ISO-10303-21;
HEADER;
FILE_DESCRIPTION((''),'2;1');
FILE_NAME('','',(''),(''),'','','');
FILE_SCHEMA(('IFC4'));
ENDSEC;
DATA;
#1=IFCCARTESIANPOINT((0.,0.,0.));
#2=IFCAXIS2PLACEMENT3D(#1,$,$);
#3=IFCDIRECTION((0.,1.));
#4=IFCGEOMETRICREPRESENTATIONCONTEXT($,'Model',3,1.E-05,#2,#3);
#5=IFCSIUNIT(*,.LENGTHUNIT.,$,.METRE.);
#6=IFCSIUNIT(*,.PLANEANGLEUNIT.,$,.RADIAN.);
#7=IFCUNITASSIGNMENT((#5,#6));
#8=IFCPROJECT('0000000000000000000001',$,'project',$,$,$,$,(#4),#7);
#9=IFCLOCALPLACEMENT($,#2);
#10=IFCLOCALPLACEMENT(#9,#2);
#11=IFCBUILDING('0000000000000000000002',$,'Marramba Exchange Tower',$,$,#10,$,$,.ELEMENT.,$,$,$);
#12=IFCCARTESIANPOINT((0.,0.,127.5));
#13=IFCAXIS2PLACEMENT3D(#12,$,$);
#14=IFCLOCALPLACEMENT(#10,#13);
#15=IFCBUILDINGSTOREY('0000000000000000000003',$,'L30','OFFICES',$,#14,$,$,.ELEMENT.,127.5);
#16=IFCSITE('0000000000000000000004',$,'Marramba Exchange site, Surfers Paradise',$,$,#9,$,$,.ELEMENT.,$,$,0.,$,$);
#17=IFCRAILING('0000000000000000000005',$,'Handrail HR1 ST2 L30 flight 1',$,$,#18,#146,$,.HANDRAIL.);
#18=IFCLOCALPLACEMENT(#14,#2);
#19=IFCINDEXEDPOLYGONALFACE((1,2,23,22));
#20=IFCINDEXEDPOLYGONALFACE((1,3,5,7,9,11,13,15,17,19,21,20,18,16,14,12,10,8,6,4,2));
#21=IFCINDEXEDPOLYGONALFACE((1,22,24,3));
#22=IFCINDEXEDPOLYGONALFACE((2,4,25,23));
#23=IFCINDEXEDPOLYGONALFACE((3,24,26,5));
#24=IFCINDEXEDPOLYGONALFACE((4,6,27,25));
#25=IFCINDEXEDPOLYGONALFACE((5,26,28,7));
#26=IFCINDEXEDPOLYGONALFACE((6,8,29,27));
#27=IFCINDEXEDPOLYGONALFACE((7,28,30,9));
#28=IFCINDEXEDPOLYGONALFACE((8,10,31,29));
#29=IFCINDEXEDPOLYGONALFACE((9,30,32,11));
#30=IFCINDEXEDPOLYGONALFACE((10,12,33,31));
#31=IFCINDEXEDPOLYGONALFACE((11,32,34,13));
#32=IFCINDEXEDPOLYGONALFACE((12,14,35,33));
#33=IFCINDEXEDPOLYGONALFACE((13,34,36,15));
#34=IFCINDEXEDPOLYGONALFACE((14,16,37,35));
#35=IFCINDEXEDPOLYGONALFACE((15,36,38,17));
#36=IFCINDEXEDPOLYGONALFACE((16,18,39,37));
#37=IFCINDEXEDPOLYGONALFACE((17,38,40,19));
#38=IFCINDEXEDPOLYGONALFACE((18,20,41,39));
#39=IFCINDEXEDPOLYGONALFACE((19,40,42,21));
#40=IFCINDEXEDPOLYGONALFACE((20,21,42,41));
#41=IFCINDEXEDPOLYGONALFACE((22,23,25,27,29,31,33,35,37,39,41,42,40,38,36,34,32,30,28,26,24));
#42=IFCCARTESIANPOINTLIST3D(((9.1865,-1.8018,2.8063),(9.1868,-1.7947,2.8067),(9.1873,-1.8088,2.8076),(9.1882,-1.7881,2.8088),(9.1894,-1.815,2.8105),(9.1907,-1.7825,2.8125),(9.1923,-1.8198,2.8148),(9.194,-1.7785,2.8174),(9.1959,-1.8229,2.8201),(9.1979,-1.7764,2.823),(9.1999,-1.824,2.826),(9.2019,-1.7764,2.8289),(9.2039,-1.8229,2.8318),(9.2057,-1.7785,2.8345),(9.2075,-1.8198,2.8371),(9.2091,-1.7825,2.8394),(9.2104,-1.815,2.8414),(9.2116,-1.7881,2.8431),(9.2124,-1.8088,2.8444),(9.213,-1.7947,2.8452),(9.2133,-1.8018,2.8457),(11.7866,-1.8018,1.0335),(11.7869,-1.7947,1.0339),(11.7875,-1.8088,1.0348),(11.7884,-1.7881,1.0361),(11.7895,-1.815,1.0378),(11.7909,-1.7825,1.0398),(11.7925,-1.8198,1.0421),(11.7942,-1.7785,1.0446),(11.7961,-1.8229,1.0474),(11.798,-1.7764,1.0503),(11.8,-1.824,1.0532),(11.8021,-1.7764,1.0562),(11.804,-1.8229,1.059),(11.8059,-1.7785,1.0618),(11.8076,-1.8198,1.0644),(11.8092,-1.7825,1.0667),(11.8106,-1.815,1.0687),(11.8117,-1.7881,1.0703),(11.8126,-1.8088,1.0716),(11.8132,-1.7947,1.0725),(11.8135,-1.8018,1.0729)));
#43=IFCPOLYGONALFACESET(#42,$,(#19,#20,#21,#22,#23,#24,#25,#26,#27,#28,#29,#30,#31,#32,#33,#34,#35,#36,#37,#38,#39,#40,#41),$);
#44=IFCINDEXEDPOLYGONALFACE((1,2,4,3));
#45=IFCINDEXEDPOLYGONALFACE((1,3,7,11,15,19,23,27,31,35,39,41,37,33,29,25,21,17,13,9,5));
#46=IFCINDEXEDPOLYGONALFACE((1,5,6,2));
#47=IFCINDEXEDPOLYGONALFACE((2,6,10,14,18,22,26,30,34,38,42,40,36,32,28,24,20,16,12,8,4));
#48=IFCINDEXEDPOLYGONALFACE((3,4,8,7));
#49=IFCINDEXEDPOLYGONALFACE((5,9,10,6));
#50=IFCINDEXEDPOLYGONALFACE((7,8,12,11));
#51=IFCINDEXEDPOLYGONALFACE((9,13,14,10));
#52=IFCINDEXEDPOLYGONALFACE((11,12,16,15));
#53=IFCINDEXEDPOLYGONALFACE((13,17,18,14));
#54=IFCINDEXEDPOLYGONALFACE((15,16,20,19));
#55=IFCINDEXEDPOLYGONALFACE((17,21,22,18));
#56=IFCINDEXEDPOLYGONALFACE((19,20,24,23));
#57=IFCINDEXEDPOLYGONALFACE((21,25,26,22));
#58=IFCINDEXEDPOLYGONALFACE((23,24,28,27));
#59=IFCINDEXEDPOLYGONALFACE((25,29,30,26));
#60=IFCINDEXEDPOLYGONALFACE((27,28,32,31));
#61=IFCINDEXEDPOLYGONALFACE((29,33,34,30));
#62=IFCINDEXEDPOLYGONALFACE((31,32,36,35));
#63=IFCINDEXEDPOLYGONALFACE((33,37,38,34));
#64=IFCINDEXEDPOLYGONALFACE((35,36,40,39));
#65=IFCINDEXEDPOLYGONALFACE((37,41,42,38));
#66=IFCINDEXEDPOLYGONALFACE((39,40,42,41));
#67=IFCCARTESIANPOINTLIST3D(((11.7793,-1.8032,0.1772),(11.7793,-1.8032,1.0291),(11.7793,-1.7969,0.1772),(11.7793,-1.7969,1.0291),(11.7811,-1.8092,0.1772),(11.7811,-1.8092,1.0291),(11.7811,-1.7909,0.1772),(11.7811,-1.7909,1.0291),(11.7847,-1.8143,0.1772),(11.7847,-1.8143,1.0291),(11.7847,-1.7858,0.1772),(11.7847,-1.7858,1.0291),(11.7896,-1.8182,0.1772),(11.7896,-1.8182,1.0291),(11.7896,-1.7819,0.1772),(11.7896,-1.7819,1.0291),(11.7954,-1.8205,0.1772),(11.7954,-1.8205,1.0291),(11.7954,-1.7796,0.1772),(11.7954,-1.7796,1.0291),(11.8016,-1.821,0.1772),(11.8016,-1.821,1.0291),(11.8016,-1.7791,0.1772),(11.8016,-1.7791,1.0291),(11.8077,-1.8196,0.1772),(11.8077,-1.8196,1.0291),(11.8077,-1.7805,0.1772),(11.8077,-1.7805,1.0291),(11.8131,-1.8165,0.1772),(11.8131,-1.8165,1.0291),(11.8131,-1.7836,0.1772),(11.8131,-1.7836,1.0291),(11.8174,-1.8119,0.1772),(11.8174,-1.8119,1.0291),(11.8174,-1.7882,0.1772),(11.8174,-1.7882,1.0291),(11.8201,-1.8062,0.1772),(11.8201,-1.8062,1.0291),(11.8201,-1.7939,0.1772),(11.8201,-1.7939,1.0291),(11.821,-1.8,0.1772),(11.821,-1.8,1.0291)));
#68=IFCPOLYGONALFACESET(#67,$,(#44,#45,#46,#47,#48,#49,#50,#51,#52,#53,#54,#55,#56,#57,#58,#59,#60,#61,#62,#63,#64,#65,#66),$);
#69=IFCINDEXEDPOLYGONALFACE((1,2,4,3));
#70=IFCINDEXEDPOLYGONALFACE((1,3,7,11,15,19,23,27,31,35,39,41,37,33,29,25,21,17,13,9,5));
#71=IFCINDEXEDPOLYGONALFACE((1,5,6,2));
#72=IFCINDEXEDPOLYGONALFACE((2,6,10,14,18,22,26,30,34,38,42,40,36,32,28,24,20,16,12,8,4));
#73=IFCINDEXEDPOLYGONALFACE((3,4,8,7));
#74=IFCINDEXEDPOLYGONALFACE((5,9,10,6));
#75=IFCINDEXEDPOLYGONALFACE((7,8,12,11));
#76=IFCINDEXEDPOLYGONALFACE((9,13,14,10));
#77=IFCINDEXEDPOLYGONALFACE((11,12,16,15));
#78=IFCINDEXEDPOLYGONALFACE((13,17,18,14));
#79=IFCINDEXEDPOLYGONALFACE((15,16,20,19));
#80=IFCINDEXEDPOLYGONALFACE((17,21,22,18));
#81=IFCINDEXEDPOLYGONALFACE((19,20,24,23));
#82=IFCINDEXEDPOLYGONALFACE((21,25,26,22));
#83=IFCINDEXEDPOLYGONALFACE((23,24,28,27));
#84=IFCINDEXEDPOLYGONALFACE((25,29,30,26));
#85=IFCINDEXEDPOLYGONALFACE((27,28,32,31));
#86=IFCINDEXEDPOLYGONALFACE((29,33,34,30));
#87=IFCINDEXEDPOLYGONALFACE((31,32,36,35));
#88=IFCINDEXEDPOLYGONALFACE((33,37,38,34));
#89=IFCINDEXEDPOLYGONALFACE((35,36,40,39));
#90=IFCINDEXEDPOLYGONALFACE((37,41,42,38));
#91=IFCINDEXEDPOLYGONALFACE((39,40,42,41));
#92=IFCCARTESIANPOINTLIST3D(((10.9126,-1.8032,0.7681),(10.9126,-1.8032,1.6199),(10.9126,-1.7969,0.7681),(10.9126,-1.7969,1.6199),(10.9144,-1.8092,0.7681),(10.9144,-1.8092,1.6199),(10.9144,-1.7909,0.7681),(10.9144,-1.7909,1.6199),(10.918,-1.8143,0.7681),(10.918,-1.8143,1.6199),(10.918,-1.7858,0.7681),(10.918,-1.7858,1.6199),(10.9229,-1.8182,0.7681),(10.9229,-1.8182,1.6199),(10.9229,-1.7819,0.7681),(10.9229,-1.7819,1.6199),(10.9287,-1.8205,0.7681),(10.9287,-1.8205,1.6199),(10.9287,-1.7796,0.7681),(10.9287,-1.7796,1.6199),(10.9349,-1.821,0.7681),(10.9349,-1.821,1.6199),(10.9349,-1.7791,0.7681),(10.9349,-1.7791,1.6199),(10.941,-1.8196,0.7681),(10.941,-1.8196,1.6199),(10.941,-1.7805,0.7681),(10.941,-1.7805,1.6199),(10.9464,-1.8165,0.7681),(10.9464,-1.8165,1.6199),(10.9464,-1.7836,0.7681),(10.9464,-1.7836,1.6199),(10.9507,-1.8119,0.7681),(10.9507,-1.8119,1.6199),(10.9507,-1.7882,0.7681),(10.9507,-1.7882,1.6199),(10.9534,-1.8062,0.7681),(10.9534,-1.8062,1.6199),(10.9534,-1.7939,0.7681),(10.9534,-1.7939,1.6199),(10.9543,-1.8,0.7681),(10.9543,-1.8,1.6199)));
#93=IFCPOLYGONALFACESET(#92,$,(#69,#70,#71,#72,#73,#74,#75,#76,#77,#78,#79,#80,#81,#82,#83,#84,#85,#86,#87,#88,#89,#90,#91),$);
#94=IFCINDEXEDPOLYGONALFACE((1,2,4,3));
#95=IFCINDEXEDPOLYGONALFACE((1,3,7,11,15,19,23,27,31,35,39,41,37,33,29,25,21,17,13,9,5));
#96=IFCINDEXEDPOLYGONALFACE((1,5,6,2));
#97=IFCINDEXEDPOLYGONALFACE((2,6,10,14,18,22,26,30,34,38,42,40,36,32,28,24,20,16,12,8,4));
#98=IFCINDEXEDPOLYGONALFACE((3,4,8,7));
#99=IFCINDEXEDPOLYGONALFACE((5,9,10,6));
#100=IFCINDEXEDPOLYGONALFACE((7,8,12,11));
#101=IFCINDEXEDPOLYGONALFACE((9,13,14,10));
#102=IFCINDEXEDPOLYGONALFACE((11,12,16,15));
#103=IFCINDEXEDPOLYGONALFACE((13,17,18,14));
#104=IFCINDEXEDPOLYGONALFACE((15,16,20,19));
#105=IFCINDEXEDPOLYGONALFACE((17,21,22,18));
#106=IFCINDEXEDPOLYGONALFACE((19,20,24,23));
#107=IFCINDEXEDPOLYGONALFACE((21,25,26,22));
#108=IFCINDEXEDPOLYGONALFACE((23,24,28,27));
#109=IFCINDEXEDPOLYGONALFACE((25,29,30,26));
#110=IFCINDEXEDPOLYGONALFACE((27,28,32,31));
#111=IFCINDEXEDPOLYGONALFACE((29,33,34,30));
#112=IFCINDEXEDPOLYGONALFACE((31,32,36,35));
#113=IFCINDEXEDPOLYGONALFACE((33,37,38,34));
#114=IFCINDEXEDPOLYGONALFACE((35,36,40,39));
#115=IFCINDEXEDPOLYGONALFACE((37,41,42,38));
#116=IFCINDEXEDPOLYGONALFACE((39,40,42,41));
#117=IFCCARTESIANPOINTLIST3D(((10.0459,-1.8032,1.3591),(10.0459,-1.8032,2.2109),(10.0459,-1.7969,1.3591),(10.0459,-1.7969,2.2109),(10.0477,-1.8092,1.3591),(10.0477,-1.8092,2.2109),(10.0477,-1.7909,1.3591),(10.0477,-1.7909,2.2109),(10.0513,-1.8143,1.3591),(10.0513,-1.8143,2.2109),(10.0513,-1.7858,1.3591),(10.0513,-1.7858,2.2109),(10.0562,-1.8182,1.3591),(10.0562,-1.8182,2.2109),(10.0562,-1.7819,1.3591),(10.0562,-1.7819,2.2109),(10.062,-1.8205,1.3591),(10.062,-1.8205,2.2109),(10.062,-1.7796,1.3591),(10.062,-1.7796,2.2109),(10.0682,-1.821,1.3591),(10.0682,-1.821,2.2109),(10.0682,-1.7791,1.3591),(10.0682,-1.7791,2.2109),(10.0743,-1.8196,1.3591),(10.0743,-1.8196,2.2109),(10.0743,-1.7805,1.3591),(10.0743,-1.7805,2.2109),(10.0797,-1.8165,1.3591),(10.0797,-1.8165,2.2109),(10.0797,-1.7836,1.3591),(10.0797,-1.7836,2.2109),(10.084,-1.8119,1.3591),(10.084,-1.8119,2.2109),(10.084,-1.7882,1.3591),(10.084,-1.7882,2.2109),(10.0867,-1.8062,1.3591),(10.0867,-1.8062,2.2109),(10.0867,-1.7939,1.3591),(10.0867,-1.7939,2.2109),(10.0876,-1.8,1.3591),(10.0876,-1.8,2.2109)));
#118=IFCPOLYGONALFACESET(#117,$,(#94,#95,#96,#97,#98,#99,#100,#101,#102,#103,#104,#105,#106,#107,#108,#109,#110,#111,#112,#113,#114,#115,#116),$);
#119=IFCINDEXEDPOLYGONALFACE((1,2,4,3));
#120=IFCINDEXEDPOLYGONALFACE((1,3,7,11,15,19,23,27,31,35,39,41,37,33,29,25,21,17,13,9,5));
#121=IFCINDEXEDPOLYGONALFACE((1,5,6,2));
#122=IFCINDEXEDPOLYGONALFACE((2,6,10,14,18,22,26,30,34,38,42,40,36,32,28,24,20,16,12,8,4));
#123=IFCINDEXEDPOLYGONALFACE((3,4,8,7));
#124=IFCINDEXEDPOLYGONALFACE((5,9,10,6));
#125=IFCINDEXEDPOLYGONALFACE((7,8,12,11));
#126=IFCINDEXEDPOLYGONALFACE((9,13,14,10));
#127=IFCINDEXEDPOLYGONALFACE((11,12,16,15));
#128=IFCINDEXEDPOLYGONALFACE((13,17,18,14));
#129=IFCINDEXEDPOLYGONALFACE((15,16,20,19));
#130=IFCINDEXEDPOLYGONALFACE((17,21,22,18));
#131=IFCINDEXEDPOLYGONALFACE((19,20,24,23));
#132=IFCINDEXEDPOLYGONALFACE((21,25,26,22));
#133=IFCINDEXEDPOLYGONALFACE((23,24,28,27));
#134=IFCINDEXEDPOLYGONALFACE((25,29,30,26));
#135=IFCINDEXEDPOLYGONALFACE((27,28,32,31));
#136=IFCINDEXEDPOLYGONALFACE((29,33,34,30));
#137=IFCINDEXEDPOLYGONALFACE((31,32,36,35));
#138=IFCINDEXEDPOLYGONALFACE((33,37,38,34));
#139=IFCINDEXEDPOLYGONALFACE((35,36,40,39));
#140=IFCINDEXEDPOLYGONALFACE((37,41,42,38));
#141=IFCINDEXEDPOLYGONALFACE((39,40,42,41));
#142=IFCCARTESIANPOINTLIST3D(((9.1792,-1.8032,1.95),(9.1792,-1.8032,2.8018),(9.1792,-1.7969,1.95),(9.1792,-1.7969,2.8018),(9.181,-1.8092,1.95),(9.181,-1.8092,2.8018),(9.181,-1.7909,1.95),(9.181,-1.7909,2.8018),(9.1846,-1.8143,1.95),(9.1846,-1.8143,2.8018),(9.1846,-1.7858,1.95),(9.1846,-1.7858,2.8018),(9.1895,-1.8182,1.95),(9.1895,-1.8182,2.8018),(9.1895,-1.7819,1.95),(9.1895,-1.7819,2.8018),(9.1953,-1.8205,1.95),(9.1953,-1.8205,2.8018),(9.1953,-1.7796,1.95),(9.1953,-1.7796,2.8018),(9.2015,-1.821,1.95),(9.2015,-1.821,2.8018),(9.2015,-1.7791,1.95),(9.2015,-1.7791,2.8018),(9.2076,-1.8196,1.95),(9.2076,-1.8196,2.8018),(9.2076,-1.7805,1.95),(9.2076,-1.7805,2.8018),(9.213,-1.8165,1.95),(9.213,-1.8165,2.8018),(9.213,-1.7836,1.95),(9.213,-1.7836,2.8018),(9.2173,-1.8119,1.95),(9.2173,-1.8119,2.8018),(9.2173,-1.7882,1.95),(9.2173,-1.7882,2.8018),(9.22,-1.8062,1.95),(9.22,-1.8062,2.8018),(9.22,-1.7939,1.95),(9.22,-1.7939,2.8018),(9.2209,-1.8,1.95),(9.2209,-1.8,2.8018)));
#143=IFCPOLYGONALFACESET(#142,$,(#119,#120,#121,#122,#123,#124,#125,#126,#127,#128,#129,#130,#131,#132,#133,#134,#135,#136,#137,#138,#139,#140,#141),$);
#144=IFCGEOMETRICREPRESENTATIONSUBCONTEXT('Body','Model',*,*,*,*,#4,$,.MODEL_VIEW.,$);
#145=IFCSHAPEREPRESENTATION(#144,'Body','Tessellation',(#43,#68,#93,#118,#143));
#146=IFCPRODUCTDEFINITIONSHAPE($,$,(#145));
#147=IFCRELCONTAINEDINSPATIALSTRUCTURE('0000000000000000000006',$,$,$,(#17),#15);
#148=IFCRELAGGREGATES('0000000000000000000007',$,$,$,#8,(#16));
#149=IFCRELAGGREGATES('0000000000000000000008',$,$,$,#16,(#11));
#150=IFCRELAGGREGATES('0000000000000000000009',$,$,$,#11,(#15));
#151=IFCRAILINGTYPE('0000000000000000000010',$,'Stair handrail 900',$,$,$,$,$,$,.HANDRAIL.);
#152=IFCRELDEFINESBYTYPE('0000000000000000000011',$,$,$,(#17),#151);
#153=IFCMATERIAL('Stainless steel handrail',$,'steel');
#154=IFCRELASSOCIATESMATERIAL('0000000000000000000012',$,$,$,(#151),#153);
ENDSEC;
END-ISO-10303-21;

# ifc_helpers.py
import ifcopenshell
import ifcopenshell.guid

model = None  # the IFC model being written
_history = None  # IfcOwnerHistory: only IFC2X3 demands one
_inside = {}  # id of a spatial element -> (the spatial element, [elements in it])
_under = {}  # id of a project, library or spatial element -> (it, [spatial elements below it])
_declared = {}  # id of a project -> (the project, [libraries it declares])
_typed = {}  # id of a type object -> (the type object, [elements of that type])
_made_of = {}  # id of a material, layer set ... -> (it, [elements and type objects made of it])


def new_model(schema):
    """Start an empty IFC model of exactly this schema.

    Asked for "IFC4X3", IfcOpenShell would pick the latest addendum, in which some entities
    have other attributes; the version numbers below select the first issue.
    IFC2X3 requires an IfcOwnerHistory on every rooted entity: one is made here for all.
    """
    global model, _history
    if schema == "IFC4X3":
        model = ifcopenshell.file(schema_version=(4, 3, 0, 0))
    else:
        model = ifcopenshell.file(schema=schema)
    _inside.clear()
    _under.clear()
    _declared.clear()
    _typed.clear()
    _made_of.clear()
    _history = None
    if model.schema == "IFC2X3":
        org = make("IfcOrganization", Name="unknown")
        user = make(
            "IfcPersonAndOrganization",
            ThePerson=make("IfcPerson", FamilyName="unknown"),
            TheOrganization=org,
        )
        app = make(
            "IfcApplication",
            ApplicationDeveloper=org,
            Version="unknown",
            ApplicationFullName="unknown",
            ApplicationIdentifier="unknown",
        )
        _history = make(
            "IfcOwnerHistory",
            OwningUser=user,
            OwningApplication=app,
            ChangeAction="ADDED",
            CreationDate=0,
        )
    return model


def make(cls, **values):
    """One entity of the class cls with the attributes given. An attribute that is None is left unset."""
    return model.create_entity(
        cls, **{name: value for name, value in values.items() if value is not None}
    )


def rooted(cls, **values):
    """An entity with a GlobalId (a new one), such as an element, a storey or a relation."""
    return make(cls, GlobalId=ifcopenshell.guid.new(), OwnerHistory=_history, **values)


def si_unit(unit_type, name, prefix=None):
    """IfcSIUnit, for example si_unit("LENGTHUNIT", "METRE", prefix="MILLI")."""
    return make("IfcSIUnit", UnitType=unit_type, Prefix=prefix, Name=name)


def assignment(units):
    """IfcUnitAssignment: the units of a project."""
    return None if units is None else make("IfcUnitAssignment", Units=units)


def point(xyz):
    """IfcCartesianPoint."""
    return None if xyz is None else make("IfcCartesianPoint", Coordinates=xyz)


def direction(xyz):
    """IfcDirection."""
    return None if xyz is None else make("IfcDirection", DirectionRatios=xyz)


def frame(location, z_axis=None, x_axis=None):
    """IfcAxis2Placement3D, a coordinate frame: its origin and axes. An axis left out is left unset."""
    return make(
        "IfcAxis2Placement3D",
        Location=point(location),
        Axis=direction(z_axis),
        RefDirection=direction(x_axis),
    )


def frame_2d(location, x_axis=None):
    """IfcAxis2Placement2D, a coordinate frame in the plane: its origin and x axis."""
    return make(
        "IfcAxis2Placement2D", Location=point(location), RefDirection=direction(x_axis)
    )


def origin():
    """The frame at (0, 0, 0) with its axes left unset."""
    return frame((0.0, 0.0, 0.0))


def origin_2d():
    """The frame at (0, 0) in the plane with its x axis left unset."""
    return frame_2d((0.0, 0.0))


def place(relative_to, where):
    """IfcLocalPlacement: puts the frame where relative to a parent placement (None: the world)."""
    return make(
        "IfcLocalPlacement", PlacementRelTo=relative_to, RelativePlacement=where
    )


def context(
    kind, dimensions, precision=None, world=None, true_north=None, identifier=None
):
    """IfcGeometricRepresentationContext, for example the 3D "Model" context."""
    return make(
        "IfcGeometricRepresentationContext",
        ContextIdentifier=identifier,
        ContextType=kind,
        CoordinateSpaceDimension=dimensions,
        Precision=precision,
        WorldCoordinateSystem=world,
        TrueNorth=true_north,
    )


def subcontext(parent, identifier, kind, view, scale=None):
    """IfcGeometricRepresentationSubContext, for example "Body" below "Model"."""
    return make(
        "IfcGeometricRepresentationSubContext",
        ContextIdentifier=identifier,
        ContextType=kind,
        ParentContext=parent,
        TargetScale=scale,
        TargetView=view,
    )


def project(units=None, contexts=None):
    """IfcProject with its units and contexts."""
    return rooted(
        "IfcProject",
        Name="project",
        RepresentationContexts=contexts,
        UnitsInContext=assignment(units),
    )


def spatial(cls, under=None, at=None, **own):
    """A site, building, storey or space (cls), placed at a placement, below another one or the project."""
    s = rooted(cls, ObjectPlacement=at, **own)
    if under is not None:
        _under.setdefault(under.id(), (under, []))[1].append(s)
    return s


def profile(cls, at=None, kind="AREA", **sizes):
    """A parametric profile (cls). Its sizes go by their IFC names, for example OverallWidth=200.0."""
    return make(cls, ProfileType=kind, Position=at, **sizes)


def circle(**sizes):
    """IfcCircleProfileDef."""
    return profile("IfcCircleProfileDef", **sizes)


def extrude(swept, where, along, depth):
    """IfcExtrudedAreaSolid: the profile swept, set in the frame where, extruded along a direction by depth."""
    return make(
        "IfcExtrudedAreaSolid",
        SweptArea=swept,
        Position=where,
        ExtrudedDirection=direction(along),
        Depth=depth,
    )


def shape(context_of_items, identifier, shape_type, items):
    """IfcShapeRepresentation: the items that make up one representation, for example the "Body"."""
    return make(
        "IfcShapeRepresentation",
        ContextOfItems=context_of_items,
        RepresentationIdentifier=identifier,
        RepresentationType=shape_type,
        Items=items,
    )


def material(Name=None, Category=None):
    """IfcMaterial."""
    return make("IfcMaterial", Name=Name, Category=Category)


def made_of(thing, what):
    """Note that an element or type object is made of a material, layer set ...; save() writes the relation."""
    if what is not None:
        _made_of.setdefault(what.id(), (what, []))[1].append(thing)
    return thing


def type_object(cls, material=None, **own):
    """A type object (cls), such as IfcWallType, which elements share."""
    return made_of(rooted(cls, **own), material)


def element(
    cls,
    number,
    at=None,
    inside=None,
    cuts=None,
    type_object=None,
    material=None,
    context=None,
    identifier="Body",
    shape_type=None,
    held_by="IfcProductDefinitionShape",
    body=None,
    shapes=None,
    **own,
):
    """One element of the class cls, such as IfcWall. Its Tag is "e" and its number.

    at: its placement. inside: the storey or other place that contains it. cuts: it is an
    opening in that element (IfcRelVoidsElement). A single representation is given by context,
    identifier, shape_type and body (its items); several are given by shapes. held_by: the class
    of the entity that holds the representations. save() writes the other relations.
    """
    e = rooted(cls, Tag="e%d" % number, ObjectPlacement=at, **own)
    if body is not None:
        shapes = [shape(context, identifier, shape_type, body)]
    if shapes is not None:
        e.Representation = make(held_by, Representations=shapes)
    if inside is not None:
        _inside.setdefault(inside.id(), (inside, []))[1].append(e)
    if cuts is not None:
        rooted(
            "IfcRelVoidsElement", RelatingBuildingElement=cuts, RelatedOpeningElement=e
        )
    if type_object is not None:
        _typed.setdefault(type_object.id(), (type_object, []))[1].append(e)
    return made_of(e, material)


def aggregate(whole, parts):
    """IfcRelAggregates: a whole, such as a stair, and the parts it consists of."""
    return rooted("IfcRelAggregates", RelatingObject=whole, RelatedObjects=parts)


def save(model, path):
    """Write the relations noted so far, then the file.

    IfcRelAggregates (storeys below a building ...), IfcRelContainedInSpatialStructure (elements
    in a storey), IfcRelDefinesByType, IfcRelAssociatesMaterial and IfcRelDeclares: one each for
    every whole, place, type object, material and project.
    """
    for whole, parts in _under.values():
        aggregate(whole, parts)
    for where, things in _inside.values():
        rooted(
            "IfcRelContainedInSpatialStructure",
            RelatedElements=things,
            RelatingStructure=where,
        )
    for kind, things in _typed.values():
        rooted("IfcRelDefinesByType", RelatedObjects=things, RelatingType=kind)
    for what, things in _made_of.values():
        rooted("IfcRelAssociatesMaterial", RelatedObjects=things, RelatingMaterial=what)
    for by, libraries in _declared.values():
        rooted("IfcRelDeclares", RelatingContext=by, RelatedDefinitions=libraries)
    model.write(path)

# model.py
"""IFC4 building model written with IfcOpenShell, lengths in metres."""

from ifc_helpers import new_model, si_unit, direction, frame, origin, origin_2d, place, context, subcontext, project, spatial, circle, extrude, material, type_object, element, save


model = new_model("IFC4")

# Units and contexts
model_context = context("Model", 3, precision=1e-05, world=origin(), true_north=direction((0.0, 1.0)))
body_context = subcontext(model_context, "Body", "Model", "MODEL_VIEW")
ifc_project = project(units=[si_unit("LENGTHUNIT", "METRE"), si_unit("PLANEANGLEUNIT", "RADIAN")], contexts=[model_context])

# Site, building, storey
site_placement = place(None, origin())
site = spatial("IfcSite", under=ifc_project, at=site_placement, Name="Marramba Exchange site, Surfers Paradise", CompositionType="ELEMENT", RefElevation=0.0)
building_placement = place(site_placement, origin())
building = spatial("IfcBuilding", under=site, at=building_placement, Name="Marramba Exchange Tower", CompositionType="ELEMENT")
storey_placement = place(building_placement, frame((0.0, 0.0, 127.5)))
storey = spatial("IfcBuildingStorey", under=building, at=storey_placement, Name="L30", Description="OFFICES", CompositionType="ELEMENT", Elevation=127.5)

# Railing
ifc_material_1 = material(Name="Stainless steel handrail", Category="steel")
railing_type = type_object("IfcRailingType", Name="Stair handrail 900", PredefinedType="HANDRAIL", material=ifc_material_1)
railing_placement = place(storey_placement, frame((11.8, -1.8, 0.1772)))
element("IfcRailing", 1, at=railing_placement, inside=storey, type_object=railing_type, Name="Handrail HR1 ST2 L30 flight 1", PredefinedType="HANDRAIL", context=body_context, shape_type="SweptSolid", body=[
    extrude(circle(Radius=0.0239, at=origin_2d()), frame((0.0, 0.0, 0.876), z_axis=(-0.82624, 0.0, 0.563318), x_axis=(0.0, -1.0, 0.0)), (0.0, 0.0, 1.0), 3.147),
    extrude(circle(Radius=0.021, at=origin_2d()), origin(), (0.0, 0.0, 1.0), 0.8518),
    extrude(circle(Radius=0.021, at=origin_2d()), frame((-0.8667, 0.0, 0.5908)), (0.0, 0.0, 1.0), 0.8518),
    extrude(circle(Radius=0.021, at=origin_2d()), frame((-1.7334, 0.0, 1.1819)), (0.0, 0.0, 1.0), 0.8518),
    extrude(circle(Radius=0.021, at=origin_2d()), frame((-2.6001, 0.0, 1.7727)), (0.0, 0.0, 1.0), 0.8518),
])

save(model, "model.ifc")
